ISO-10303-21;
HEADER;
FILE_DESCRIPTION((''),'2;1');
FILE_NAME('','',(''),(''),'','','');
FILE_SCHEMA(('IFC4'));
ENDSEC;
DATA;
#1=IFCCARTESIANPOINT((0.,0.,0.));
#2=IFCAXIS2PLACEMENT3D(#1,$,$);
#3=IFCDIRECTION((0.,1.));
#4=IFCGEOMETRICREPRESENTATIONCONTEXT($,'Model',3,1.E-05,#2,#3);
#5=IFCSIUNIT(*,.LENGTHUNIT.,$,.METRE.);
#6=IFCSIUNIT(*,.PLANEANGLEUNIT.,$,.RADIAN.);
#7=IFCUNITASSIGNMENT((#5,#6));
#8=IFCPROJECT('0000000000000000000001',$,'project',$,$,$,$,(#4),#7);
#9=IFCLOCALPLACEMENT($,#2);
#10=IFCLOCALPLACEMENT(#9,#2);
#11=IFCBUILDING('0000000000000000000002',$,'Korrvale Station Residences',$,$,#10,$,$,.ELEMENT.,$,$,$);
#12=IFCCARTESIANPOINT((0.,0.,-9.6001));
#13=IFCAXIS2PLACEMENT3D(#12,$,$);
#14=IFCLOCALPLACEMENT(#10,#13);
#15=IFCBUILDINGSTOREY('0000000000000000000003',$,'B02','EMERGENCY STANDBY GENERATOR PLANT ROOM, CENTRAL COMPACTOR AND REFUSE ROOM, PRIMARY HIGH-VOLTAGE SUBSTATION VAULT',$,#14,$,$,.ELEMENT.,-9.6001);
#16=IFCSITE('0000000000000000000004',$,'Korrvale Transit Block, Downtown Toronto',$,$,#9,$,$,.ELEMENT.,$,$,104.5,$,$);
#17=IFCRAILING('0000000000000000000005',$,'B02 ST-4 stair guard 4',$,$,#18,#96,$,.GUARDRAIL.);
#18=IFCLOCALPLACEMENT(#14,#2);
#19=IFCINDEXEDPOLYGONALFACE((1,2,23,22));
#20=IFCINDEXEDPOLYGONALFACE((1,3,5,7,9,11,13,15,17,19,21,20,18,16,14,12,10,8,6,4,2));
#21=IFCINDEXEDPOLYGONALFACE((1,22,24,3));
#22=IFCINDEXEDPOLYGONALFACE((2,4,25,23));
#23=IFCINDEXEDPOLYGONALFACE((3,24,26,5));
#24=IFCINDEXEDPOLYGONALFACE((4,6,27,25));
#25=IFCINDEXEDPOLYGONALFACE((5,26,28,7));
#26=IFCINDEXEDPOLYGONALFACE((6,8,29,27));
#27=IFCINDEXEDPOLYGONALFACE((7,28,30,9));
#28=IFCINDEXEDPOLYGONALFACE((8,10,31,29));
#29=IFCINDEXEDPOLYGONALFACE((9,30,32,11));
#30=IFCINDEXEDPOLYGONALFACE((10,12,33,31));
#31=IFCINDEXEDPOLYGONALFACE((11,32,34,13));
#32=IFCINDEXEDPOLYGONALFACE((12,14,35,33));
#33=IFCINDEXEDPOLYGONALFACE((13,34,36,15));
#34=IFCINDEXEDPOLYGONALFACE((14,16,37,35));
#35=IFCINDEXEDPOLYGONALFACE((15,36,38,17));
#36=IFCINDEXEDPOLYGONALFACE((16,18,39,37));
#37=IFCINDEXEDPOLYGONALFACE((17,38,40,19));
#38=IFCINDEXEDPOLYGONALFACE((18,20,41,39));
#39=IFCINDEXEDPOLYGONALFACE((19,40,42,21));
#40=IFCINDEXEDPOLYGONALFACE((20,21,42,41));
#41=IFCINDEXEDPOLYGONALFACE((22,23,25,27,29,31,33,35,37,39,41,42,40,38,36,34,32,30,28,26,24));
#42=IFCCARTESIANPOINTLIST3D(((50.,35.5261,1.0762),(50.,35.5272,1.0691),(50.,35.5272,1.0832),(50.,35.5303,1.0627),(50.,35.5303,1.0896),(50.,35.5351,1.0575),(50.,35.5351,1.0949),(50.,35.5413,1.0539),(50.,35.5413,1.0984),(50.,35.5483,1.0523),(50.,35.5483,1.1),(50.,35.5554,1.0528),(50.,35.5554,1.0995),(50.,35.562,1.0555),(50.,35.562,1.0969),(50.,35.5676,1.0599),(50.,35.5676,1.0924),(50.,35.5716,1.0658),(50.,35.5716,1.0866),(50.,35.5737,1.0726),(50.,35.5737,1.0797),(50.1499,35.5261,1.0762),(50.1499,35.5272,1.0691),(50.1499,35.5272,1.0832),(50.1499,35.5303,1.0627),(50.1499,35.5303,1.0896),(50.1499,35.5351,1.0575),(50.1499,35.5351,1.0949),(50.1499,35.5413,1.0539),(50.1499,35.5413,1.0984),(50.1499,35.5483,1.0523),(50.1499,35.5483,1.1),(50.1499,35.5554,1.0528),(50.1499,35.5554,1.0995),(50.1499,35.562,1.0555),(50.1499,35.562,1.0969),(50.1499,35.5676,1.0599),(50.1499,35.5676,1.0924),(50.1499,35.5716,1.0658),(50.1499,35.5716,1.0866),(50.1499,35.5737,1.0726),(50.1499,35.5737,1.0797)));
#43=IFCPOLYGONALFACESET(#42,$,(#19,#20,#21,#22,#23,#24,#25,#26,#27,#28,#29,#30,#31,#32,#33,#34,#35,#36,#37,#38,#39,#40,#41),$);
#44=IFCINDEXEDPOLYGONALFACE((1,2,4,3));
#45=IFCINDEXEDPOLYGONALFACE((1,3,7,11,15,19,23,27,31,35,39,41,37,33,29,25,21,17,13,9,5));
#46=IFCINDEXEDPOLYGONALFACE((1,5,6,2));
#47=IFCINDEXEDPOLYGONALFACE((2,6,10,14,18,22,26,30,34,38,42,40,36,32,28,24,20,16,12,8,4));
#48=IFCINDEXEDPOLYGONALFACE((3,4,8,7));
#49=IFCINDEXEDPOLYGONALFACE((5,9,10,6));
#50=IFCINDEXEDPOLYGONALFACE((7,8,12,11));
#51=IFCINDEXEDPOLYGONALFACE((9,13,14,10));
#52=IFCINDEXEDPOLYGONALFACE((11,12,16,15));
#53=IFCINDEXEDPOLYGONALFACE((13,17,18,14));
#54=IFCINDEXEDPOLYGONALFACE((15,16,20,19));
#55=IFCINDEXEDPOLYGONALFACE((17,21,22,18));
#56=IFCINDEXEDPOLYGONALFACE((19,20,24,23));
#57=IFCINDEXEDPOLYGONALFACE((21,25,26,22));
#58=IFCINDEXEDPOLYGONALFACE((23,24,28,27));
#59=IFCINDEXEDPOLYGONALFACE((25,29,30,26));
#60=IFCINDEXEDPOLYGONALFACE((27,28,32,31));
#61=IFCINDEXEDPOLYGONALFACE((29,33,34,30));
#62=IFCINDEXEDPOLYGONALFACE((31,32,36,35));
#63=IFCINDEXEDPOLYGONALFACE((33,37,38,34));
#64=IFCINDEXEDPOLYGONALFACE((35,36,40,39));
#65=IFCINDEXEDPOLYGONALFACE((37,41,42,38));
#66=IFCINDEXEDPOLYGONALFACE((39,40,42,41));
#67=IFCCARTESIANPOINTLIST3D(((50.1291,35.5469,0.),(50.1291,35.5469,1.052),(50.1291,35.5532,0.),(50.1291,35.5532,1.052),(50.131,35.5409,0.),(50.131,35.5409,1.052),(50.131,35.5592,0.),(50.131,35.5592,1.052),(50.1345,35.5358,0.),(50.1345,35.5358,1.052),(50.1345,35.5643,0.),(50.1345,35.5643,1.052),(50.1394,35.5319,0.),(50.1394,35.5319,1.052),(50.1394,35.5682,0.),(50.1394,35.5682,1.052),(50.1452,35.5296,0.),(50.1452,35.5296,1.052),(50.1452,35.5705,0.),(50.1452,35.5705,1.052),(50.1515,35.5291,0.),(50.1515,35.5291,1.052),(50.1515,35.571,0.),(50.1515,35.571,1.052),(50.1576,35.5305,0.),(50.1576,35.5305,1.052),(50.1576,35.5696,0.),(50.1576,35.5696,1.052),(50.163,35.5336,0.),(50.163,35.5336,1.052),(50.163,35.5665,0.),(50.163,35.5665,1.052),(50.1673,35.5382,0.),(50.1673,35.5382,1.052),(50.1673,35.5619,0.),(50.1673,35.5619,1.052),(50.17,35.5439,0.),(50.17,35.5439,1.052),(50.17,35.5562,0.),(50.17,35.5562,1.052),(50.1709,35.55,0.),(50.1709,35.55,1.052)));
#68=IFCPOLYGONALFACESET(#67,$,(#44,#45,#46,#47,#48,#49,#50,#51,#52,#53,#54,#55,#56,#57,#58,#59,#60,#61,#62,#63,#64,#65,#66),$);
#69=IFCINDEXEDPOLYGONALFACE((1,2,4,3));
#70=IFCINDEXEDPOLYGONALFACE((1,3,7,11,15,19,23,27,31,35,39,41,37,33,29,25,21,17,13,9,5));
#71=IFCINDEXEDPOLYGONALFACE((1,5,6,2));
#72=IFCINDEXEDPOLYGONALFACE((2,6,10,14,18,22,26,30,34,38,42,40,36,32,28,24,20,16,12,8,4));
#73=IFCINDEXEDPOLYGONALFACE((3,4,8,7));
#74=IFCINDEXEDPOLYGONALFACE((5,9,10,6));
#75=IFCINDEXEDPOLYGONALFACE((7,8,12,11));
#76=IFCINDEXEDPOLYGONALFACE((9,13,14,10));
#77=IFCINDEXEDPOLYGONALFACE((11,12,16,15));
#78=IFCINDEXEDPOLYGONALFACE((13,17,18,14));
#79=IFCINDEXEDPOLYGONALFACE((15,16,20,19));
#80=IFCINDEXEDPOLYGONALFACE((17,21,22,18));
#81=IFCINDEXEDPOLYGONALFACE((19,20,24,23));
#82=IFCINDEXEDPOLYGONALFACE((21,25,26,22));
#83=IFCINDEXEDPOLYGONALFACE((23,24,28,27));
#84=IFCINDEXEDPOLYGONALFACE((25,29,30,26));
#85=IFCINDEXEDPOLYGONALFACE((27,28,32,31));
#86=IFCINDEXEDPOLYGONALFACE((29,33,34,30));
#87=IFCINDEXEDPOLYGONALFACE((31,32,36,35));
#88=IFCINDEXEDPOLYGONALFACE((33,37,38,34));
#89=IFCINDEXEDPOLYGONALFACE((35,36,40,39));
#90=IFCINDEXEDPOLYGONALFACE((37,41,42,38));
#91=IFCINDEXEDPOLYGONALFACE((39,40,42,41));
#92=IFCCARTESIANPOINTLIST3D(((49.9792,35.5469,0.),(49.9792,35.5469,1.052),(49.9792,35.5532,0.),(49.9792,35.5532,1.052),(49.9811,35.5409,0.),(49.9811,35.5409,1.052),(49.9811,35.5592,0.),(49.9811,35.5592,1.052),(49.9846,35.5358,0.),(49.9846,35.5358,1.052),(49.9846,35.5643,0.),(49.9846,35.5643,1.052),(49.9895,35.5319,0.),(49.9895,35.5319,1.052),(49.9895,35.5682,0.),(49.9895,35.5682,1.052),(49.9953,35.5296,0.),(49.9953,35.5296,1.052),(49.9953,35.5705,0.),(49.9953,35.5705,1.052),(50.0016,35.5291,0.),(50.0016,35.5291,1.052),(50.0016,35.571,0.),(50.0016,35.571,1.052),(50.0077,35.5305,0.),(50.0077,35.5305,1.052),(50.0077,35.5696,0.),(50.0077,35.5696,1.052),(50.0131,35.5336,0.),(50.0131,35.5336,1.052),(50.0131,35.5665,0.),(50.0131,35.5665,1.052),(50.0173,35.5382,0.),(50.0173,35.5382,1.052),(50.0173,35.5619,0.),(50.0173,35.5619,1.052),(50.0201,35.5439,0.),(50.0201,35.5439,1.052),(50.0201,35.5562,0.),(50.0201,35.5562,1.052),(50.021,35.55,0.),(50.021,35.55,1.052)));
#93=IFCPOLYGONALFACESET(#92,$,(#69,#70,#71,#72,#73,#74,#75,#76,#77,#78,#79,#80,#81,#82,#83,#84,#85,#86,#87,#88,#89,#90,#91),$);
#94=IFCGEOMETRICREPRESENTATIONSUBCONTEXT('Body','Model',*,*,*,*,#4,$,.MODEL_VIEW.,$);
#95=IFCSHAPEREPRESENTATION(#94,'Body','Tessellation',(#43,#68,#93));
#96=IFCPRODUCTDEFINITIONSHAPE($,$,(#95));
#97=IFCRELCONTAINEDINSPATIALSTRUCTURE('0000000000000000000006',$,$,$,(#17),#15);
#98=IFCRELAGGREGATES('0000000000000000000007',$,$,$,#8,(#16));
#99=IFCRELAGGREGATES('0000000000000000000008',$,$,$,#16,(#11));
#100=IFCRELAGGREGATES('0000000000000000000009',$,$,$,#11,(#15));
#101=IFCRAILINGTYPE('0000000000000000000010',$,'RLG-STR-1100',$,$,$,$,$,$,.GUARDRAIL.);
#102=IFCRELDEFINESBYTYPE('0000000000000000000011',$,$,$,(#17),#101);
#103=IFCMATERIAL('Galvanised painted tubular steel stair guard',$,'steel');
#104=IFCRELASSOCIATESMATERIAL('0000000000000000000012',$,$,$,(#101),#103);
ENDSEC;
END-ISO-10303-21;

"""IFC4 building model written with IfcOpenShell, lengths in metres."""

from ifc_helpers import new_model, si_unit, direction, frame, origin, origin_2d, place, context, subcontext, project, spatial, circle, extrude, material, type_object, element, save


model = new_model("IFC4")

# Units and contexts
model_context = context("Model", 3, precision=1e-05, world=origin(), true_north=direction((0.0, 1.0)))
body_context = subcontext(model_context, "Body", "Model", "MODEL_VIEW")
ifc_project = project(units=[si_unit("LENGTHUNIT", "METRE"), si_unit("PLANEANGLEUNIT", "RADIAN")], contexts=[model_context])

# Site, building, storey
site_placement = place(None, origin())
site = spatial("IfcSite", under=ifc_project, at=site_placement, Name="Korrvale Transit Block, Downtown Toronto", CompositionType="ELEMENT", RefElevation=104.5)
building_placement = place(site_placement, origin())
building = spatial("IfcBuilding", under=site, at=building_placement, Name="Korrvale Station Residences", CompositionType="ELEMENT")
storey_placement = place(building_placement, frame((0.0, 0.0, -9.6001)))
storey = spatial("IfcBuildingStorey", under=building, at=storey_placement, Name="B02", Description="EMERGENCY STANDBY GENERATOR PLANT ROOM, CENTRAL COMPACTOR AND REFUSE ROOM, PRIMARY HIGH-VOLTAGE SUBSTATION VAULT", CompositionType="ELEMENT", Elevation=-9.6001)

# Railing
ifc_material_1 = material(Name="Galvanised painted tubular steel stair guard", Category="steel")
railing_type_1 = type_object("IfcRailingType", Name="RLG-STR-1100", PredefinedType="GUARDRAIL", material=ifc_material_1)
railing_1_placement = place(storey_placement, frame((50.1499, 35.55, 0.0)))
element("IfcRailing", 1, at=railing_1_placement, inside=storey, type_object=railing_type_1, Name="B02 ST-4 stair guard 4", PredefinedType="GUARDRAIL", context=body_context, shape_type="SweptSolid", body=[
    extrude(circle(Radius=0.0239, at=origin_2d()), frame((0.0, 0.0, 1.0762), z_axis=(-1.0, 0.0, 0.0), x_axis=(0.0, -1.0, 0.0)), (0.0, 0.0, 1.0), 0.1499),
    extrude(circle(Radius=0.021, at=origin_2d()), origin(), (0.0, 0.0, 1.0), 1.052),
    extrude(circle(Radius=0.021, at=origin_2d()), frame((-0.1499, 0.0, 0.0)), (0.0, 0.0, 1.0), 1.052),
])

save(model, "model.ifc")
